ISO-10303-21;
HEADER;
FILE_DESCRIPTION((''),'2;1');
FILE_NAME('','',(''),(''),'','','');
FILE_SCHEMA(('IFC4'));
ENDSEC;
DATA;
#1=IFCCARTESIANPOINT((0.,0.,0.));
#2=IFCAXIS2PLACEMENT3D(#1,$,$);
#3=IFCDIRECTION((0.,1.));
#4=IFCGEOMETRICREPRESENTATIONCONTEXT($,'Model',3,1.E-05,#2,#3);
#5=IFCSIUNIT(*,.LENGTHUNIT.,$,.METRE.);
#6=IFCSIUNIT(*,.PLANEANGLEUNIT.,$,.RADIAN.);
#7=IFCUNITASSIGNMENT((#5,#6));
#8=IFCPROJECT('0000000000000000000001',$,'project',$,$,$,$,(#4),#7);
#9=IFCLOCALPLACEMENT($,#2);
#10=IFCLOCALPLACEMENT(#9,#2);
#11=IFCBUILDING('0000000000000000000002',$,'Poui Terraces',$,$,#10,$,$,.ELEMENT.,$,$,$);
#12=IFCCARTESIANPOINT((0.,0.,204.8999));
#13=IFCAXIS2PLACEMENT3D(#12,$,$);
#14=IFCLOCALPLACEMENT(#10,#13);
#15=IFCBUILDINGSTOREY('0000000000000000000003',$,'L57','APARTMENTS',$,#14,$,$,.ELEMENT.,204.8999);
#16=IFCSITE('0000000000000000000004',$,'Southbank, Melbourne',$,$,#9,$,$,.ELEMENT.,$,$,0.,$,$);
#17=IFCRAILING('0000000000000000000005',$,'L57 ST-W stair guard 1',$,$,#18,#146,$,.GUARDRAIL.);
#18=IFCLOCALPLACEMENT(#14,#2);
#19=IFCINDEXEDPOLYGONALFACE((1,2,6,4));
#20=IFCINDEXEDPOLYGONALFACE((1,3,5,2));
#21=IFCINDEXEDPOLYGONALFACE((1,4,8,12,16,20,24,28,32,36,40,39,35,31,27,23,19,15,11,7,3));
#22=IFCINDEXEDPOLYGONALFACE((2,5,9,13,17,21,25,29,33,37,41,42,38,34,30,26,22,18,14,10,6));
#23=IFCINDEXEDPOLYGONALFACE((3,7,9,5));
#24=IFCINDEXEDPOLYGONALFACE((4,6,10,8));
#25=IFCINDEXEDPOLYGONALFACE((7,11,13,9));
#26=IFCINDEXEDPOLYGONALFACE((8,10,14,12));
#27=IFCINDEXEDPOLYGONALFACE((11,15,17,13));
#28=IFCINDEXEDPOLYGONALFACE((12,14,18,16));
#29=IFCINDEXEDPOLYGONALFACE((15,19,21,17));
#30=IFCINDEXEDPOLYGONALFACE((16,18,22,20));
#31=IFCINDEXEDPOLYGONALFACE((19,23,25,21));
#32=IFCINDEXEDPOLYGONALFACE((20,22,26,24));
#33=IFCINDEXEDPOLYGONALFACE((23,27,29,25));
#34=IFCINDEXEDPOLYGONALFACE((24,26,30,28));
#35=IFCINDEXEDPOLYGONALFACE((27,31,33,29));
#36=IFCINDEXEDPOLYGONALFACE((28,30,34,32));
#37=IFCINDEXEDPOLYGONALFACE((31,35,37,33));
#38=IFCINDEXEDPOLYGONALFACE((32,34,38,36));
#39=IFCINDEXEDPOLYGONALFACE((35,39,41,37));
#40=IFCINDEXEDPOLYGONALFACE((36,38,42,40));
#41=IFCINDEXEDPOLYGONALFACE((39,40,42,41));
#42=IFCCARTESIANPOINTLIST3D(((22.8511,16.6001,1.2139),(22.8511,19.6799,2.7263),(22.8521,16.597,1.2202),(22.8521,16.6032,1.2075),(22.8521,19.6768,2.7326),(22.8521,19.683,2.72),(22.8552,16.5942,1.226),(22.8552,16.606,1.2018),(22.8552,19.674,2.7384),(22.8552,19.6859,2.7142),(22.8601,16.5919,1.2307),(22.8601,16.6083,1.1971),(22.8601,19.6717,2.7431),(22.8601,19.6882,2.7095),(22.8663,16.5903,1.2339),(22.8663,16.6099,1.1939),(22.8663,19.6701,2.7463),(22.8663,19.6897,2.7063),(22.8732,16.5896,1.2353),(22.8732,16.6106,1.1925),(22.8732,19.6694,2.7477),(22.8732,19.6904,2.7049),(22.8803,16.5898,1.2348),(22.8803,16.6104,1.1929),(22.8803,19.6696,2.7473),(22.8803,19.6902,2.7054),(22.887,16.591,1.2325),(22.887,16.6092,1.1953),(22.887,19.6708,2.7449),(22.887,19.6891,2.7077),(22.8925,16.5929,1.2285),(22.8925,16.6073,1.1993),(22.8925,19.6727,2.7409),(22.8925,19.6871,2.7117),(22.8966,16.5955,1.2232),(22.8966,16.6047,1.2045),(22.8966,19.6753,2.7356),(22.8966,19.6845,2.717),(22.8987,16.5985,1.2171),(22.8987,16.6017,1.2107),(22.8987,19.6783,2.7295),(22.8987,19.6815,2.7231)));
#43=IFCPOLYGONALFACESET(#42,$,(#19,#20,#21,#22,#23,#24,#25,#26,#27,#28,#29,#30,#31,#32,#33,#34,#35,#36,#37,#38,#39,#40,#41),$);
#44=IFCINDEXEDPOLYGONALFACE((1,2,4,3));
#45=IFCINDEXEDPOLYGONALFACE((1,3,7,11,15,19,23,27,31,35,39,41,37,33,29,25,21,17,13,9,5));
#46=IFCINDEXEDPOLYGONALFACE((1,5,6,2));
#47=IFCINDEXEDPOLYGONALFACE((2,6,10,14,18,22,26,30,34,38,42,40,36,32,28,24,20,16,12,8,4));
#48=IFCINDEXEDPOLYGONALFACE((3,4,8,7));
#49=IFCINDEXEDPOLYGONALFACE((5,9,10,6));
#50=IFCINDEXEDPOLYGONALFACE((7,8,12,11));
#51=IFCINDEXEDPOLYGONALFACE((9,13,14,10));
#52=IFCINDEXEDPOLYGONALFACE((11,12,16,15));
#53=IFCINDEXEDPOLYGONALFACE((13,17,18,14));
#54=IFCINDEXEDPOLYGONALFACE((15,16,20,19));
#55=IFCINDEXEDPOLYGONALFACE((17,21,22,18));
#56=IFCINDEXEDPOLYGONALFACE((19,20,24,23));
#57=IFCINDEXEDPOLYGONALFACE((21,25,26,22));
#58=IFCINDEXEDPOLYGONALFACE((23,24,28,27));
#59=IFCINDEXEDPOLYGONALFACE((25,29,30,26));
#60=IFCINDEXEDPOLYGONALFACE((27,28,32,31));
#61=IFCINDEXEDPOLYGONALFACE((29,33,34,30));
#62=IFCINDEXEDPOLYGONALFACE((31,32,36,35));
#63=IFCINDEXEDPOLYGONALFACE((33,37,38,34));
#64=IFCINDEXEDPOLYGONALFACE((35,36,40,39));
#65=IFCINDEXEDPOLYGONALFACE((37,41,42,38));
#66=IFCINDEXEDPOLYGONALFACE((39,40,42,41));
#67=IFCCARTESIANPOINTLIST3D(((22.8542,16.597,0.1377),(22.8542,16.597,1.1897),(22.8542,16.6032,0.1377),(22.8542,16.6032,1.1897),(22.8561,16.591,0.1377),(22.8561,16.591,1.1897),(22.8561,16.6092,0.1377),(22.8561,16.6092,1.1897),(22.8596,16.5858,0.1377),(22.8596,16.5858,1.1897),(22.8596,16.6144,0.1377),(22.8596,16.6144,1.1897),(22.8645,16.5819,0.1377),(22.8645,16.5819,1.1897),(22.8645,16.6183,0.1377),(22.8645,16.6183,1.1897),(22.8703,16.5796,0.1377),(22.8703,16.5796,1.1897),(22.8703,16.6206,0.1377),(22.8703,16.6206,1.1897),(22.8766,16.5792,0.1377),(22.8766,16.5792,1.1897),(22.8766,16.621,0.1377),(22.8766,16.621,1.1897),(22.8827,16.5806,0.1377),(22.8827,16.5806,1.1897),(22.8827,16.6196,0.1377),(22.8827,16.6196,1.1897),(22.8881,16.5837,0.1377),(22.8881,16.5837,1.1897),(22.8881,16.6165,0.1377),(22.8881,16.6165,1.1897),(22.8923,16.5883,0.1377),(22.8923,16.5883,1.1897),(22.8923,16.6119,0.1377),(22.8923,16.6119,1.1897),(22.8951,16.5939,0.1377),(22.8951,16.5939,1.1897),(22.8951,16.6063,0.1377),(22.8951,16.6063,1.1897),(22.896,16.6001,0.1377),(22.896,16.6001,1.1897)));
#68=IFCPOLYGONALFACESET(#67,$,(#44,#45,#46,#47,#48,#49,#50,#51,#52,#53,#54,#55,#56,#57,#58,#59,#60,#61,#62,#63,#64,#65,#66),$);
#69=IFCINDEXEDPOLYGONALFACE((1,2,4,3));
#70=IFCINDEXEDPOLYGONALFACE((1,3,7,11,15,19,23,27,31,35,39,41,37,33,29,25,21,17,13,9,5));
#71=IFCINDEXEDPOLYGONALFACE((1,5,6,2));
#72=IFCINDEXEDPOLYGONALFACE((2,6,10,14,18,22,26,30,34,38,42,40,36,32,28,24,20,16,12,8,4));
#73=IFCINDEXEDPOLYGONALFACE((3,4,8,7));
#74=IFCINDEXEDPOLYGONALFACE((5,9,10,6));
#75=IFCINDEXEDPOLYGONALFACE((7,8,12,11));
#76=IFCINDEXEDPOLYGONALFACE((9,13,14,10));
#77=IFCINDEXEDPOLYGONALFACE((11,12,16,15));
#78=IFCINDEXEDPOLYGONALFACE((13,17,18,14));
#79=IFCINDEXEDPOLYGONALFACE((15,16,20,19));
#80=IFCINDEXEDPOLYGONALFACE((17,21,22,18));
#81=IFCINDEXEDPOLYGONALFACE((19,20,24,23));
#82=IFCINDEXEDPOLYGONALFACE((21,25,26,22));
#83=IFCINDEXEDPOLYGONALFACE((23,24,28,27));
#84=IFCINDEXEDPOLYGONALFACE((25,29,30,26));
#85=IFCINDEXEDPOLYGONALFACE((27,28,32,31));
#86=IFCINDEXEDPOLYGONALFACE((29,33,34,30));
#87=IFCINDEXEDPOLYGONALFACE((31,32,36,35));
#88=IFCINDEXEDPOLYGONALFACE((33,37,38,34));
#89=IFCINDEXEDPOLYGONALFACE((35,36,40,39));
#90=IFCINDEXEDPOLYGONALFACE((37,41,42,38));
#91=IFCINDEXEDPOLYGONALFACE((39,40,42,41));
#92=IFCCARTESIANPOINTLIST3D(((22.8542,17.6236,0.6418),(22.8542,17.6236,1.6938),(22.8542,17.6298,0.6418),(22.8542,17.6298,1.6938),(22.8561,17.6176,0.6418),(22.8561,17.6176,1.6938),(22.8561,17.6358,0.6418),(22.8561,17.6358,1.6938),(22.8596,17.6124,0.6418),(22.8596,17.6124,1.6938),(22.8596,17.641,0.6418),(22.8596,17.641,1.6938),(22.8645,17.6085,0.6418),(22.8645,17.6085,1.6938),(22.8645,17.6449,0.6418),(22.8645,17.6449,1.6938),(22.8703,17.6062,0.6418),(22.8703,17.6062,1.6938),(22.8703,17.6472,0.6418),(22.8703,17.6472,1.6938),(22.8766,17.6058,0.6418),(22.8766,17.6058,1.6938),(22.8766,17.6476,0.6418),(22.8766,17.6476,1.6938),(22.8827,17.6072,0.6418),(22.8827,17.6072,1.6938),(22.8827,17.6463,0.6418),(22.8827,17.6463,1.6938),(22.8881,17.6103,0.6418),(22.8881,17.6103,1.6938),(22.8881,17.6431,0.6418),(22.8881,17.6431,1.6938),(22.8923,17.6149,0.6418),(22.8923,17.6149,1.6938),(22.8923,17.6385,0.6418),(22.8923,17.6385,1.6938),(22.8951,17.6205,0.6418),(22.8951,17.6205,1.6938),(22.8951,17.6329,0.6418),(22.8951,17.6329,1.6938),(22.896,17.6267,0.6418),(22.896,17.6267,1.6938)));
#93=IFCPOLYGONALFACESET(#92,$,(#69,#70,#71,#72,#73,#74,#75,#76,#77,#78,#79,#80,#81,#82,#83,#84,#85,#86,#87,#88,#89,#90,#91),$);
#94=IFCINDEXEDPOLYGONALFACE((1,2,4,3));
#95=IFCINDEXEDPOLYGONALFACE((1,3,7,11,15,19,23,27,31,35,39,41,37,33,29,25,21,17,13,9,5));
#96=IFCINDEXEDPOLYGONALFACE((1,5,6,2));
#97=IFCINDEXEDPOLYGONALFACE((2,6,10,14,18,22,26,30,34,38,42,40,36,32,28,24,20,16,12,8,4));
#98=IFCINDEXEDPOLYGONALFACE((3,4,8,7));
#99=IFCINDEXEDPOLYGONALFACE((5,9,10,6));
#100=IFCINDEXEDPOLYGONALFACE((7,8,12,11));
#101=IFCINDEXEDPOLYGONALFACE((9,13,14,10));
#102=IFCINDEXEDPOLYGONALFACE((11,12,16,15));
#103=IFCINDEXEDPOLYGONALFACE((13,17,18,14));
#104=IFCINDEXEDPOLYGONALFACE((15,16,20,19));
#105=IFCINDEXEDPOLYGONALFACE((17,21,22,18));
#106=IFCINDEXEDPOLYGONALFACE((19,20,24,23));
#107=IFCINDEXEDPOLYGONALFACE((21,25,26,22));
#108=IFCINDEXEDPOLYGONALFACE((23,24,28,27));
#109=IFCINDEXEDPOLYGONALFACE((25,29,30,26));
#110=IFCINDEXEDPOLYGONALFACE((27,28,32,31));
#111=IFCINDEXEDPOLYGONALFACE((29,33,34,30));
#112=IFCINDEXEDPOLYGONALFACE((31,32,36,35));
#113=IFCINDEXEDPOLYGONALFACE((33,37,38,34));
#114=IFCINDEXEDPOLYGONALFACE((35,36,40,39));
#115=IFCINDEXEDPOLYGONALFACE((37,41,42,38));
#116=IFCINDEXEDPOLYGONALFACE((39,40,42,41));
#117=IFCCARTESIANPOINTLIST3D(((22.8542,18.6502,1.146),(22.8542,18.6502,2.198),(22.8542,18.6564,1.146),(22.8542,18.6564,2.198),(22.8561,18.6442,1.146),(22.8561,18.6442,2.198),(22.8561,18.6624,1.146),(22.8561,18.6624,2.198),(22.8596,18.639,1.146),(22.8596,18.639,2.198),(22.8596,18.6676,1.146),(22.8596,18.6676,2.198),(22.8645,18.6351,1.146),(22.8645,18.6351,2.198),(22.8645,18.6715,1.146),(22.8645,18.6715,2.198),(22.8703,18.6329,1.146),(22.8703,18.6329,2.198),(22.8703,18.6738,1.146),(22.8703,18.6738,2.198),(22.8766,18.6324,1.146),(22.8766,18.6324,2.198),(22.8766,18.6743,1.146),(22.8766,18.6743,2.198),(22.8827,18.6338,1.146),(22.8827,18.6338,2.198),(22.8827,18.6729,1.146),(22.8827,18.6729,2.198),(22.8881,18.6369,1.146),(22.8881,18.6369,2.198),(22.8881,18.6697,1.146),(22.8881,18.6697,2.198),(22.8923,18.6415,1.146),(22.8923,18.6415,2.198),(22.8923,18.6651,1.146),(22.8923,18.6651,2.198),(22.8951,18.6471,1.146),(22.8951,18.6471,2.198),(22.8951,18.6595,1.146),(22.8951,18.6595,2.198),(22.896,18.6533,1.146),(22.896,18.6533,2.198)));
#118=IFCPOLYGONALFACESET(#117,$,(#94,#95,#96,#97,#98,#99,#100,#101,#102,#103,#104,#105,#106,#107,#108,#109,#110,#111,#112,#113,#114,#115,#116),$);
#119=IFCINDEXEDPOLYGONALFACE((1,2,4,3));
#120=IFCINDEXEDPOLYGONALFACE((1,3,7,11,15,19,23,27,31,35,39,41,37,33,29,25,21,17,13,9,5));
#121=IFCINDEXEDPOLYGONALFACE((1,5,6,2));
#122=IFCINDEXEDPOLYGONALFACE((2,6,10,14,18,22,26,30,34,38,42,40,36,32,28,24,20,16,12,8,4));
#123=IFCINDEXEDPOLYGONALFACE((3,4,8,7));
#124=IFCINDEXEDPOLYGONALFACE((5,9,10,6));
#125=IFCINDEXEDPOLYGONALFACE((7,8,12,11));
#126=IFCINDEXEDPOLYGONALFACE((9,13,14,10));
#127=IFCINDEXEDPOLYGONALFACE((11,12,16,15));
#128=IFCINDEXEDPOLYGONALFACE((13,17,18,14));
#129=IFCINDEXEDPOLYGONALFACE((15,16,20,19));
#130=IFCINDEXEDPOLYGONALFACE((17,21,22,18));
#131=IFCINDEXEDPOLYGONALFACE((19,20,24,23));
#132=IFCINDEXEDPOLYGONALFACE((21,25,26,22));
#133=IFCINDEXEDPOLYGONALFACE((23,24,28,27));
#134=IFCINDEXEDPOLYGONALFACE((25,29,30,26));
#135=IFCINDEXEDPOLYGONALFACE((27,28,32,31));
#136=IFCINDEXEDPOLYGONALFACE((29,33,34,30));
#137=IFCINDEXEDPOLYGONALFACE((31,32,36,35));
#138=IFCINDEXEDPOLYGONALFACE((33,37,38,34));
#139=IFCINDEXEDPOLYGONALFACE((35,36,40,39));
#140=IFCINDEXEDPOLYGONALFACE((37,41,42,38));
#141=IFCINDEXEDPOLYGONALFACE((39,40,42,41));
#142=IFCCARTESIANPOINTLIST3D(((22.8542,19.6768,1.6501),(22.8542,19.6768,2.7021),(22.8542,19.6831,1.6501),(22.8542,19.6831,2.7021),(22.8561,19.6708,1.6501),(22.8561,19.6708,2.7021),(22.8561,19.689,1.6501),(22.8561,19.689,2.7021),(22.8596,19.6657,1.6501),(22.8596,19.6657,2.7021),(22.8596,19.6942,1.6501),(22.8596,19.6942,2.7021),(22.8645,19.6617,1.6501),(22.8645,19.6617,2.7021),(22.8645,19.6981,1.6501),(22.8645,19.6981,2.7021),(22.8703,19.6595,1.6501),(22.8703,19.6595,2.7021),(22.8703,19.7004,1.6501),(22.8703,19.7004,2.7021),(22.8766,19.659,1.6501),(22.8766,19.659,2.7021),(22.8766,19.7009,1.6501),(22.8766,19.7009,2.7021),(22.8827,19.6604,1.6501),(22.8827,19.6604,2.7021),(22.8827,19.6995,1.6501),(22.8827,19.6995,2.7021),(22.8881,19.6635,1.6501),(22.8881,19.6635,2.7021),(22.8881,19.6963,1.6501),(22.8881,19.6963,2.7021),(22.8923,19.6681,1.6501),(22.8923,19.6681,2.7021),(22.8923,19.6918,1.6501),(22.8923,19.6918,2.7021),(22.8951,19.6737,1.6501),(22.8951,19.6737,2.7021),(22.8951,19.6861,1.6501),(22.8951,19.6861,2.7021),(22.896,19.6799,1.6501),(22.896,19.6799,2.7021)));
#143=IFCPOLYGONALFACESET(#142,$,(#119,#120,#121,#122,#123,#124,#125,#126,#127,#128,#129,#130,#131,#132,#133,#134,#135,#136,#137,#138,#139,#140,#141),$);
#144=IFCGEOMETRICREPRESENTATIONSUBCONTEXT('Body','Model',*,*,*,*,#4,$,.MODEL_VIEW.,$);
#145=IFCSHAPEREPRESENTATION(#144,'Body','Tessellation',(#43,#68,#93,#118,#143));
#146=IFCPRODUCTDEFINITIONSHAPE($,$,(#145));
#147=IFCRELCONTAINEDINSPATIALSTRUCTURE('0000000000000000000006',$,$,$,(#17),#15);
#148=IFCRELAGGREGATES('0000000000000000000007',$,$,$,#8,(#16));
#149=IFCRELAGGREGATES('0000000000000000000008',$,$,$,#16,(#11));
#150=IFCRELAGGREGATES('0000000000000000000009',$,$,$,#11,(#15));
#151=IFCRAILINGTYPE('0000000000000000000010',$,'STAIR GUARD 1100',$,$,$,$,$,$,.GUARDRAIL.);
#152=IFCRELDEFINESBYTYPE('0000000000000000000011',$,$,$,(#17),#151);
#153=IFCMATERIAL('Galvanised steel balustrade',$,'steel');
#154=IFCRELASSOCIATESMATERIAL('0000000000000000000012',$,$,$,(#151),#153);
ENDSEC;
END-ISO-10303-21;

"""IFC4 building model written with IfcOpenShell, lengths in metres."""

from ifc_helpers import new_model, si_unit, direction, frame, origin, origin_2d, place, context, subcontext, project, spatial, circle, extrude, material, type_object, element, save


model = new_model("IFC4")

# Units and contexts
model_context = context("Model", 3, precision=1e-05, world=origin(), true_north=direction((0.0, 1.0)))
body_context = subcontext(model_context, "Body", "Model", "MODEL_VIEW")
ifc_project = project(units=[si_unit("LENGTHUNIT", "METRE"), si_unit("PLANEANGLEUNIT", "RADIAN")], contexts=[model_context])

# Site, building, storey
site_placement = place(None, origin())
site = spatial("IfcSite", under=ifc_project, at=site_placement, Name="Southbank, Melbourne", CompositionType="ELEMENT", RefElevation=0.0)
building_placement = place(site_placement, origin())
building = spatial("IfcBuilding", under=site, at=building_placement, Name="Poui Terraces", CompositionType="ELEMENT")
storey_placement = place(building_placement, frame((0.0, 0.0, 204.8999)))
storey = spatial("IfcBuildingStorey", under=building, at=storey_placement, Name="L57", Description="APARTMENTS", CompositionType="ELEMENT", Elevation=204.8999)

# Railing
ifc_material_1 = material(Name="Galvanised steel balustrade", Category="steel")
railing_type_1 = type_object("IfcRailingType", Name="STAIR GUARD 1100", PredefinedType="GUARDRAIL", material=ifc_material_1)
railing_1_placement = place(storey_placement, frame((22.875, 16.6001, 0.1377)))
element("IfcRailing", 1, at=railing_1_placement, inside=storey, type_object=railing_type_1, Name="L57 ST-W stair guard 1", PredefinedType="GUARDRAIL", context=body_context, shape_type="SweptSolid", body=[
    extrude(circle(Radius=0.0239, at=origin_2d()), frame((0.0, 0.0, 1.0762), z_axis=(0.0, 0.897606, 0.440798), x_axis=(-1.0, 0.0, 0.0)), (0.0, 0.0, 1.0), 3.4312),
    extrude(circle(Radius=0.021, at=origin_2d()), origin(), (0.0, 0.0, 1.0), 1.052),
    extrude(circle(Radius=0.021, at=origin_2d()), frame((0.0, 1.0266, 0.5042)), (0.0, 0.0, 1.0), 1.052),
    extrude(circle(Radius=0.021, at=origin_2d()), frame((0.0, 2.0532, 1.0083)), (0.0, 0.0, 1.0), 1.052),
    extrude(circle(Radius=0.021, at=origin_2d()), frame((0.0, 3.0798, 1.5125)), (0.0, 0.0, 1.0), 1.052),
])

save(model, "model.ifc")
